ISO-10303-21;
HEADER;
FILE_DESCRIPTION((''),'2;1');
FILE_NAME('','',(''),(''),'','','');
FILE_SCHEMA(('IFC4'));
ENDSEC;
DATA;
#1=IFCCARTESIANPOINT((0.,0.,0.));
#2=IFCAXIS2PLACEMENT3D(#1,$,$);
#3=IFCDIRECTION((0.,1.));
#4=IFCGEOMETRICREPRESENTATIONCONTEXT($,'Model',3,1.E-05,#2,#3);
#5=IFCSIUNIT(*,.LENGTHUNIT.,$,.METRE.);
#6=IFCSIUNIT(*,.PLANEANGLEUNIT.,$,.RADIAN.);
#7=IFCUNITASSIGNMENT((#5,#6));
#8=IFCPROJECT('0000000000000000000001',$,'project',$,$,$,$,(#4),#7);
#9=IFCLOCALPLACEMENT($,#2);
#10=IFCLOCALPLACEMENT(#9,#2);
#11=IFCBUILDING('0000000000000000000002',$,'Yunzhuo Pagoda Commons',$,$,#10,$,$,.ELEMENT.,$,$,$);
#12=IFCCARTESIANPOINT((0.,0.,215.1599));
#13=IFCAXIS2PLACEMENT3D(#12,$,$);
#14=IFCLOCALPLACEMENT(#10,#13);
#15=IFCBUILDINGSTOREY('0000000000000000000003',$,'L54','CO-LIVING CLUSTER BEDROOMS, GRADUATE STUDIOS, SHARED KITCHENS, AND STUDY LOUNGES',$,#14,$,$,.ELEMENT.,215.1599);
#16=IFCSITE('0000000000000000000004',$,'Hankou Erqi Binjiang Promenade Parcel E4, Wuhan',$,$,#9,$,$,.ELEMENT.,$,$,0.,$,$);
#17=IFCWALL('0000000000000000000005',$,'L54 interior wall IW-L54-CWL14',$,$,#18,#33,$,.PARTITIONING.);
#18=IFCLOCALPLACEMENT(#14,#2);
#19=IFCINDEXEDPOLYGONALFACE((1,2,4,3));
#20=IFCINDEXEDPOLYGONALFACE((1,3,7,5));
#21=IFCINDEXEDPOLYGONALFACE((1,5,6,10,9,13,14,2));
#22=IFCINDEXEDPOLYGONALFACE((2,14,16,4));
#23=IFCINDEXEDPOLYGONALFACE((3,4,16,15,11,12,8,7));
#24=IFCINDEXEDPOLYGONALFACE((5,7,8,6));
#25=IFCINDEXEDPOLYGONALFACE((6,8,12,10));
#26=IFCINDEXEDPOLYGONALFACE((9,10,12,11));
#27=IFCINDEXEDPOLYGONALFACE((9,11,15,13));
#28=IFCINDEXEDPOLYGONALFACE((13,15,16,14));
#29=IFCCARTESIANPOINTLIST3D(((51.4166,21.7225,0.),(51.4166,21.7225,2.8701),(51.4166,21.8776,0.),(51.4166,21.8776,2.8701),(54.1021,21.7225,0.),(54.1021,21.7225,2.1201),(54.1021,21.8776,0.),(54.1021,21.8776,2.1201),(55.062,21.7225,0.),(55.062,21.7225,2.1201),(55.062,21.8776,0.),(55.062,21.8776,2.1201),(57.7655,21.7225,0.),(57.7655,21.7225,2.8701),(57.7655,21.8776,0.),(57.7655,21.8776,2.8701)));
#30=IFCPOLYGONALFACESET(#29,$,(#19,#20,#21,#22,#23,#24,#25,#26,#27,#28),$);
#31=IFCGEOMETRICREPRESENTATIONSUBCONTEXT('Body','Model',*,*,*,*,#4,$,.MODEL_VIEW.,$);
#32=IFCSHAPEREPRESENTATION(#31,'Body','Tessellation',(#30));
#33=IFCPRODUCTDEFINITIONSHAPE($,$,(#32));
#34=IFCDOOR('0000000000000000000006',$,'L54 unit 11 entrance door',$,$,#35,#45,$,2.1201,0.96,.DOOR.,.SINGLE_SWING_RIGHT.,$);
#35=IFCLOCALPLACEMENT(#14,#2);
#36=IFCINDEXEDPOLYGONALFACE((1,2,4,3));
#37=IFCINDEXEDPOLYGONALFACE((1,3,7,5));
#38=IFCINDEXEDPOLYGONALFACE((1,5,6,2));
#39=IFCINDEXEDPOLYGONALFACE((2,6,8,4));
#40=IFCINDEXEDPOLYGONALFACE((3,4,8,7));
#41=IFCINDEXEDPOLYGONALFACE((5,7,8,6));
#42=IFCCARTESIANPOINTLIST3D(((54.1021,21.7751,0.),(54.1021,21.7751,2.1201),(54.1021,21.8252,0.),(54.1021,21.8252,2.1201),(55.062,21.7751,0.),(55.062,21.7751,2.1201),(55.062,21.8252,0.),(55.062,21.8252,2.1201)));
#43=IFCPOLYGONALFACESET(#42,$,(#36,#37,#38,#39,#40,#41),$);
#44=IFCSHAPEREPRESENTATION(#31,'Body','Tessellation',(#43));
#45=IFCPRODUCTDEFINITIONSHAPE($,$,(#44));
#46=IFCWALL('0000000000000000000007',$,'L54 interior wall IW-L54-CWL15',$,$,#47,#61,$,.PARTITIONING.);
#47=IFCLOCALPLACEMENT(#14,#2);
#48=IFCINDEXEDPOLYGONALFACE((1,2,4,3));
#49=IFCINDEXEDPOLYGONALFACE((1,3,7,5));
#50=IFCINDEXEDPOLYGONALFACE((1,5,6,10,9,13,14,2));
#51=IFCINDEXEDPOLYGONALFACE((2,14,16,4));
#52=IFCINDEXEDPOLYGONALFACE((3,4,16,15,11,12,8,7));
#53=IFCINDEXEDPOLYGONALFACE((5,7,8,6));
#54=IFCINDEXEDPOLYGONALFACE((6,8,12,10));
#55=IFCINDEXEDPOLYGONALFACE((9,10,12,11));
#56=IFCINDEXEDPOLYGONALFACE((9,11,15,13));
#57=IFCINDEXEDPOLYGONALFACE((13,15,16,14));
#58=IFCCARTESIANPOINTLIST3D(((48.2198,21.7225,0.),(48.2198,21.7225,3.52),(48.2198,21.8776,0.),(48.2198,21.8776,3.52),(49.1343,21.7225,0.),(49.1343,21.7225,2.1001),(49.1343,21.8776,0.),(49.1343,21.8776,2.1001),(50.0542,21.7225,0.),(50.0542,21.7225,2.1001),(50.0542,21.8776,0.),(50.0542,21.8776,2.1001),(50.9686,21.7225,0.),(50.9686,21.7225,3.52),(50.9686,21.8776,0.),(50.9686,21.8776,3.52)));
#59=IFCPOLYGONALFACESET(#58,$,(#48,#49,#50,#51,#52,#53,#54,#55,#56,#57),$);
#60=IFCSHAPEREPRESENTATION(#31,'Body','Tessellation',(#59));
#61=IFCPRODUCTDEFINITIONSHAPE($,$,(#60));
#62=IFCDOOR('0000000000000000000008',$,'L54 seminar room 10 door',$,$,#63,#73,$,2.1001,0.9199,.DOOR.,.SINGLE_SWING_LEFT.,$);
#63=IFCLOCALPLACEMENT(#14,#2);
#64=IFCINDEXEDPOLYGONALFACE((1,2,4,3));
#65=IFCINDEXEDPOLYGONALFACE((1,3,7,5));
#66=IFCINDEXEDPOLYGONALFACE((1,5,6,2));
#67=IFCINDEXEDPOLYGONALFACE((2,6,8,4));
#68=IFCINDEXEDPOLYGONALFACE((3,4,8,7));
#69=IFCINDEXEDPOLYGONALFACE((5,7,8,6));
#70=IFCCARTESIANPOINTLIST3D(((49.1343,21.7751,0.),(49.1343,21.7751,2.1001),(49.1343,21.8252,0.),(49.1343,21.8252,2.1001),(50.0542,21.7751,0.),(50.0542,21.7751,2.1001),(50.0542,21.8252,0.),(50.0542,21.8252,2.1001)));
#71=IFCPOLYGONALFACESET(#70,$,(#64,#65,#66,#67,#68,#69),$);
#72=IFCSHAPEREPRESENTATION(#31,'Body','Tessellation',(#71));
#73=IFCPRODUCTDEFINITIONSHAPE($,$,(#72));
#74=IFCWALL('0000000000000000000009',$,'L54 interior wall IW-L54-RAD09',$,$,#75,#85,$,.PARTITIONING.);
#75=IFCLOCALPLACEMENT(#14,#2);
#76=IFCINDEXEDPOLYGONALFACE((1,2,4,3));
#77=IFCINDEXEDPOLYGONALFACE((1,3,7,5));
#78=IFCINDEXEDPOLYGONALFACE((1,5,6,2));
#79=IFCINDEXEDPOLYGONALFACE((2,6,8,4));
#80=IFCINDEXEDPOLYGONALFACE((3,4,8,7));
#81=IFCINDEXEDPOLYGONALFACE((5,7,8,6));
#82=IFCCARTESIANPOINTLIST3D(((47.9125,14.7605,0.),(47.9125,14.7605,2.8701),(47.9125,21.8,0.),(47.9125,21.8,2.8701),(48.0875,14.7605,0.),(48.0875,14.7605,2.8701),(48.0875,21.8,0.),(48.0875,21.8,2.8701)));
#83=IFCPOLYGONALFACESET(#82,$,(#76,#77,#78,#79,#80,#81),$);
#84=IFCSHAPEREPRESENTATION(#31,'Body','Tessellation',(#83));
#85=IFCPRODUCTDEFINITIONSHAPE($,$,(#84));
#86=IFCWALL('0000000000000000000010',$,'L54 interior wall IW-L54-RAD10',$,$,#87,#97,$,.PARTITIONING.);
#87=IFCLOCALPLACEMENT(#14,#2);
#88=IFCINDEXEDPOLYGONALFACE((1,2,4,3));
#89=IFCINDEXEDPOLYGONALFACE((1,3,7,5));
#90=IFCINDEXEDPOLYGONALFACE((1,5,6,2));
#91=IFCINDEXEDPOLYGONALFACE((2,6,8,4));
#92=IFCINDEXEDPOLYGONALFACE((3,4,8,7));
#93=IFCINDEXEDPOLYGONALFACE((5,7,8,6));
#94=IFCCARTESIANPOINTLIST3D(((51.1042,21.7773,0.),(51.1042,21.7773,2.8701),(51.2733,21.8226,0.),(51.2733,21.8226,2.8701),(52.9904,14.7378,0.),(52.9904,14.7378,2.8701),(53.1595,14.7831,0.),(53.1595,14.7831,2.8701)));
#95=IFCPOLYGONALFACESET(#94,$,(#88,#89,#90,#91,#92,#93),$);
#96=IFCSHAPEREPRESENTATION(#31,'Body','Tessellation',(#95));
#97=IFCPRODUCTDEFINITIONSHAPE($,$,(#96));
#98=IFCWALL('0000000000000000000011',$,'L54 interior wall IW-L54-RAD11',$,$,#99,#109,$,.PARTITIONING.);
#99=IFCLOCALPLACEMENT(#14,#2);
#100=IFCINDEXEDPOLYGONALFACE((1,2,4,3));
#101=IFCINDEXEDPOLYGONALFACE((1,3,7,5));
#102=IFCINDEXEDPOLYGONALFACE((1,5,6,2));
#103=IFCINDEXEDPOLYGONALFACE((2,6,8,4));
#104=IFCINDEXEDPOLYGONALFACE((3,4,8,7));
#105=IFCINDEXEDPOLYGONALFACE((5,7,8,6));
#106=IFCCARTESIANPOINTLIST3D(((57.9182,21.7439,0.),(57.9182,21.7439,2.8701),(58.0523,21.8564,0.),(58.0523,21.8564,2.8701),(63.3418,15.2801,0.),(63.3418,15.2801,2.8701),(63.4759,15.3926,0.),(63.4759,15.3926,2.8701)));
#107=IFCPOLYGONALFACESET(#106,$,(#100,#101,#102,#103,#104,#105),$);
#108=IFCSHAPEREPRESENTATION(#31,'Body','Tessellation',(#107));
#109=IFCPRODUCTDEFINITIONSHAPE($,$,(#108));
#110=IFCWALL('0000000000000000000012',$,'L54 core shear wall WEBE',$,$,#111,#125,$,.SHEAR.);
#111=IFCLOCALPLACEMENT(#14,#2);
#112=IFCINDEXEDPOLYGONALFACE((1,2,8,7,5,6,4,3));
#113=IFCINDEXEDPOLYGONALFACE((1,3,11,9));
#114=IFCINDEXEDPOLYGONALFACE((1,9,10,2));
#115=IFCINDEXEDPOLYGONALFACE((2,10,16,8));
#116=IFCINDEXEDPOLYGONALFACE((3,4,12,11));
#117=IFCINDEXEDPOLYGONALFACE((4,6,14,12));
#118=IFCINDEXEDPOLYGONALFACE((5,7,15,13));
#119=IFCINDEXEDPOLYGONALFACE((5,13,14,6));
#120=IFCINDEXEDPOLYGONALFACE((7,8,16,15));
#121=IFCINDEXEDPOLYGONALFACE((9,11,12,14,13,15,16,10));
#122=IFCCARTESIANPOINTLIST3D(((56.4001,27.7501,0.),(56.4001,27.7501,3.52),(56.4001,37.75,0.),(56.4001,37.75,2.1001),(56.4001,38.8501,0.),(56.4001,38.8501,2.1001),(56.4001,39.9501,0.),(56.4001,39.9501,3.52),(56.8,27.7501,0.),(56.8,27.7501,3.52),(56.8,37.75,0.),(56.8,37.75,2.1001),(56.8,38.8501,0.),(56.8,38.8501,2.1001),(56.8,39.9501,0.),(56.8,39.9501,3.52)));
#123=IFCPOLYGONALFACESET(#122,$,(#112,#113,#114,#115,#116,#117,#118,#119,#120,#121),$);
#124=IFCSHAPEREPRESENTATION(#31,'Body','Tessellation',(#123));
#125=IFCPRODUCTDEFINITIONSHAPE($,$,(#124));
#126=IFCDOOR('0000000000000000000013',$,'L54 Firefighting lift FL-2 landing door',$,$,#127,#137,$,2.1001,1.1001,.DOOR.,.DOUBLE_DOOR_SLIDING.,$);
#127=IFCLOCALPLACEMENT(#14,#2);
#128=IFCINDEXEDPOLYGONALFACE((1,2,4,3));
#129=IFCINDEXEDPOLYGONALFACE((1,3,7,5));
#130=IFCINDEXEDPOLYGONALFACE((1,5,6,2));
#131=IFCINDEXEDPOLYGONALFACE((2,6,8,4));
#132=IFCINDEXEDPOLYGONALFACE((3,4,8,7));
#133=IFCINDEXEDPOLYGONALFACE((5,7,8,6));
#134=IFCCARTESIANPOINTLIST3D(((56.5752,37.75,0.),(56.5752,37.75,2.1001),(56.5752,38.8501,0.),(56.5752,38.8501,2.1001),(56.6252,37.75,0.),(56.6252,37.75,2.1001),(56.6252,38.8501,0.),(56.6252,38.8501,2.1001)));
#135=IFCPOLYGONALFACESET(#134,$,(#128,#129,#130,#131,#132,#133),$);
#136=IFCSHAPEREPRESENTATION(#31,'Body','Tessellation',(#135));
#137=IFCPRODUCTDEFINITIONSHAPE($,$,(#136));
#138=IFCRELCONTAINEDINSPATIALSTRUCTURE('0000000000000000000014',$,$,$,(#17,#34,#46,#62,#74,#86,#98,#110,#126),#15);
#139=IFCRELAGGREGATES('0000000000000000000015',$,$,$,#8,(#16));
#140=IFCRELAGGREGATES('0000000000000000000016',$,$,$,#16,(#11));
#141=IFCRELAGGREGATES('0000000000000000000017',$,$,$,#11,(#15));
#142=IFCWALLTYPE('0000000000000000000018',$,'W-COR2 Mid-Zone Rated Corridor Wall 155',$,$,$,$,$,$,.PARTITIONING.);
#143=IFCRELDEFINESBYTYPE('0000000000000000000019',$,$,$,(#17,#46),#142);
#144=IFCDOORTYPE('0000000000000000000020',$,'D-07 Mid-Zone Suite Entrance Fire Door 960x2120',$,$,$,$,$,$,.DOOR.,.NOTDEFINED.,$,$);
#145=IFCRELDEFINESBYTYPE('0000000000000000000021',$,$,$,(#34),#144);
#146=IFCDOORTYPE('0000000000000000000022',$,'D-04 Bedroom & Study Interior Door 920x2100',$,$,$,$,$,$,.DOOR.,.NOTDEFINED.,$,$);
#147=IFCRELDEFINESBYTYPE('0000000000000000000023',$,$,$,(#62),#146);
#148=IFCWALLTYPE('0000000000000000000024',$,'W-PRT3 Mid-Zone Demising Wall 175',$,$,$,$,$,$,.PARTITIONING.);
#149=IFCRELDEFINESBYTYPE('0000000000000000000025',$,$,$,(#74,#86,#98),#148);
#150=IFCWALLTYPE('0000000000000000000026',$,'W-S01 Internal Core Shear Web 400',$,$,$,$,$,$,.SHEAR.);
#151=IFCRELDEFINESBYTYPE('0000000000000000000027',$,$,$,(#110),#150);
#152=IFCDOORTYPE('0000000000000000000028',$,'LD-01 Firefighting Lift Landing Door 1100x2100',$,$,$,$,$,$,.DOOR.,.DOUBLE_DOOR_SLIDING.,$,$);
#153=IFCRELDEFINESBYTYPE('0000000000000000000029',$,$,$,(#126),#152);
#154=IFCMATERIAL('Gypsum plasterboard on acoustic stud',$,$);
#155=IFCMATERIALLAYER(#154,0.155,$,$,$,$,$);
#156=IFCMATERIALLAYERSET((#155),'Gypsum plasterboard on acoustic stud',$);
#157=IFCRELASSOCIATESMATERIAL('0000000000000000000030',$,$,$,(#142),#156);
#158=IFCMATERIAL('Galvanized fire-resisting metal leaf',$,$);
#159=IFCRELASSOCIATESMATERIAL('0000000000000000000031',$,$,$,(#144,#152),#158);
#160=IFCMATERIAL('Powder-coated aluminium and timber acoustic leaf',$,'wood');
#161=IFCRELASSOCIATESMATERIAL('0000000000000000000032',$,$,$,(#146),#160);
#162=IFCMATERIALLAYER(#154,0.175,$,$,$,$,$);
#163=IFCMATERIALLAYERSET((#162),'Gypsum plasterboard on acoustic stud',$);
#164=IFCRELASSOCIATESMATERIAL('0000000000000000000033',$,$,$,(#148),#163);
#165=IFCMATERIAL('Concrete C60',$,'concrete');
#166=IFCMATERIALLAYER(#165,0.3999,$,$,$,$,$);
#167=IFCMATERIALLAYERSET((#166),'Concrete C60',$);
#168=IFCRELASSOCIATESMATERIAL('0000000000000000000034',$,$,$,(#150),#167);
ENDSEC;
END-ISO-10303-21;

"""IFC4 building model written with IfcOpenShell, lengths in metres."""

from ifc_helpers import new_model, si_unit, direction, frame, frame_2d, origin, origin_with_axes, place, context, subcontext, project, spatial, rectangle, extrude, source, transform, mapped, material, layer, layer_set, type_object, element, fill, save


model = new_model("IFC4")

# Units and contexts
model_context = context("Model", 3, precision=1e-05, world=origin(), true_north=direction((0.0, 1.0)))
body_context = subcontext(model_context, "Body", "Model", "MODEL_VIEW")
ifc_project = project(units=[si_unit("LENGTHUNIT", "METRE"), si_unit("PLANEANGLEUNIT", "RADIAN")], contexts=[model_context])

# Site, building, storey
site_placement = place(None, origin())
site = spatial("IfcSite", under=ifc_project, at=site_placement, Name="Hankou Erqi Binjiang Promenade Parcel E4, Wuhan", CompositionType="ELEMENT", RefElevation=0.0)
building_placement = place(site_placement, origin())
building = spatial("IfcBuilding", under=site, at=building_placement, Name="Yunzhuo Pagoda Commons", CompositionType="ELEMENT")
storey_placement = place(building_placement, frame((0.0, 0.0, 215.1599)))
storey = spatial("IfcBuildingStorey", under=building, at=storey_placement, Name="L54", Description="CO-LIVING CLUSTER BEDROOMS, GRADUATE STUDIOS, SHARED KITCHENS, AND STUDY LOUNGES", CompositionType="ELEMENT", Elevation=215.1599)

# Walls, openings, doors
ifc_material_1 = material(Name="Gypsum plasterboard on acoustic stud")
ifc_layer_1 = layer(ifc_material_1, 0.155)
ifc_layer_set_1 = layer_set([ifc_layer_1], Name="Gypsum plasterboard on acoustic stud")
wall_type_1 = type_object("IfcWallType", Name="W-COR2 Mid-Zone Rated Corridor Wall 155", PredefinedType="PARTITIONING", material=ifc_layer_set_1)
ifc_material_2 = material(Name="Galvanized fire-resisting metal leaf")
wall_1_placement = place(storey_placement, frame((57.7654, 21.8, 0.0), z_axis=(0.0, 0.0, 1.0), x_axis=(-1.0, 0.0, 0.0)))
wall_1 = element("IfcWall", 1, at=wall_1_placement, inside=storey, type_object=wall_type_1, Name="L54 interior wall IW-L54-CWL14", PredefinedType="PARTITIONING", context=body_context, shape_type="SweptSolid", body=[
    extrude(rectangle(XDim=6.3489, YDim=0.155, at=frame_2d((3.1743, 0.0))), origin(), (0.0, 0.0, 1.0), 2.8701),
])
opening_1_placement = place(wall_1_placement, frame((2.7034, 0.0, 0.0)))
opening_1 = element("IfcOpeningElement", 2, at=opening_1_placement, cuts=wall_1, PredefinedType="OPENING", context=body_context, shape_type="SweptSolid", body=[
    extrude(rectangle(XDim=0.96, YDim=2.1201, at=frame_2d((0.48, 1.0601))), frame((0.0, 0.0874, 0.0), z_axis=(0.0, -1.0, 0.0), x_axis=(1.0, 0.0, 0.0)), (0.0, 0.0, 1.0), 0.175),
])
door_type_1 = type_object("IfcDoorType", Name="D-07 Mid-Zone Suite Entrance Fire Door 960x2120", OperationType="NOTDEFINED", PredefinedType="DOOR", material=ifc_material_2)
shared_shape_1 = source(origin(), body_context, "Body", "SweptSolid", [
    extrude(rectangle(XDim=0.96, YDim=2.1201, at=frame_2d((0.48, 1.0601))), frame((0.0, 0.0249, 0.0), z_axis=(0.0, -1.0, 0.0), x_axis=(1.0, 0.0, 0.0)), (0.0, 0.0, 1.0), 0.05),
])
door_1_placement = place(opening_1_placement, origin_with_axes())
door_1 = element("IfcDoor", 3, at=door_1_placement, inside=storey, type_object=door_type_1, Name="L54 unit 11 entrance door", OperationType="SINGLE_SWING_RIGHT", OverallHeight=2.1201, OverallWidth=0.96, PredefinedType="DOOR", context=body_context, shape_type="MappedRepresentation", body=[
    mapped(shared_shape_1, transform((0.0, 0.0, 0.0), scale=1.0)),
])
fill(opening_1, door_1)
wall_2_placement = place(storey_placement, frame((50.9688, 21.8, 0.0), z_axis=(0.0, 0.0, 1.0), x_axis=(-1.0, 0.0, 0.0)))
wall_2 = element("IfcWall", 4, at=wall_2_placement, inside=storey, type_object=wall_type_1, Name="L54 interior wall IW-L54-CWL15", PredefinedType="PARTITIONING", context=body_context, shape_type="SweptSolid", body=[
    extrude(rectangle(XDim=2.7488, YDim=0.155, at=frame_2d((1.3745, 0.0))), origin(), (0.0, 0.0, 1.0), 3.52),
])
opening_2_placement = place(wall_2_placement, frame((0.9146, 0.0, 0.0)))
opening_2 = element("IfcOpeningElement", 5, at=opening_2_placement, cuts=wall_2, PredefinedType="OPENING", context=body_context, shape_type="SweptSolid", body=[
    extrude(rectangle(XDim=0.9199, YDim=2.1001, at=frame_2d((0.46, 1.05))), frame((0.0, 0.0874, 0.0), z_axis=(0.0, -1.0, 0.0), x_axis=(1.0, 0.0, 0.0)), (0.0, 0.0, 1.0), 0.175),
])
ifc_material_3 = material(Name="Powder-coated aluminium and timber acoustic leaf", Category="wood")
door_type_2 = type_object("IfcDoorType", Name="D-04 Bedroom & Study Interior Door 920x2100", OperationType="NOTDEFINED", PredefinedType="DOOR", material=ifc_material_3)
shared_shape_2 = source(origin(), body_context, "Body", "SweptSolid", [
    extrude(rectangle(XDim=0.9199, YDim=2.1001, at=frame_2d((0.46, 1.05))), frame((0.0, 0.0249, 0.0), z_axis=(0.0, -1.0, 0.0), x_axis=(1.0, 0.0, 0.0)), (0.0, 0.0, 1.0), 0.05),
])
door_2_placement = place(opening_2_placement, origin_with_axes())
door_2 = element("IfcDoor", 6, at=door_2_placement, inside=storey, type_object=door_type_2, Name="L54 seminar room 10 door", OperationType="SINGLE_SWING_LEFT", OverallHeight=2.1001, OverallWidth=0.9199, PredefinedType="DOOR", context=body_context, shape_type="MappedRepresentation", body=[
    mapped(shared_shape_2, transform((0.0, 0.0, 0.0), scale=1.0)),
])
fill(opening_2, door_2)

# Walls
ifc_layer_2 = layer(ifc_material_1, 0.175)
ifc_layer_set_2 = layer_set([ifc_layer_2], Name="Gypsum plasterboard on acoustic stud")
wall_type_2 = type_object("IfcWallType", Name="W-PRT3 Mid-Zone Demising Wall 175", PredefinedType="PARTITIONING", material=ifc_layer_set_2)
wall_3_placement = place(storey_placement, frame((48.0, 21.8, 0.0), z_axis=(0.0, 0.0, 1.0), x_axis=(0.0, -1.0, 0.0)))
element("IfcWall", 7, at=wall_3_placement, inside=storey, type_object=wall_type_2, Name="L54 interior wall IW-L54-RAD09", PredefinedType="PARTITIONING", context=body_context, shape_type="SweptSolid", body=[
    extrude(rectangle(XDim=7.0396, YDim=0.175, at=frame_2d((3.5198, 0.0))), origin(), (0.0, 0.0, 1.0), 2.8701),
])
wall_4_placement = place(storey_placement, frame((51.1887, 21.8, 0.0), z_axis=(0.0, 0.0, 1.0), x_axis=(0.258818, -0.965926, 0.0)))
element("IfcWall", 8, at=wall_4_placement, inside=storey, type_object=wall_type_2, Name="L54 interior wall IW-L54-RAD10", PredefinedType="PARTITIONING", context=body_context, shape_type="SweptSolid", body=[
    extrude(rectangle(XDim=7.2878, YDim=0.175, at=frame_2d((3.644, 0.0))), origin(), (0.0, 0.0, 1.0), 2.8701),
])
wall_5_placement = place(storey_placement, frame((57.9854, 21.8, 0.0), z_axis=(0.0, 0.0, 1.0), x_axis=(0.642771, -0.766059, 0.0)))
element("IfcWall", 9, at=wall_5_placement, inside=storey, type_object=wall_type_2, Name="L54 interior wall IW-L54-RAD11", PredefinedType="PARTITIONING", context=body_context, shape_type="SweptSolid", body=[
    extrude(rectangle(XDim=8.4377, YDim=0.175, at=frame_2d((4.2188, 0.0))), origin(), (0.0, 0.0, 1.0), 2.8701),
])

# Wall, opening, door
ifc_material_4 = material(Name="Concrete C60", Category="concrete")
ifc_layer_3 = layer(ifc_material_4, 0.3999)
ifc_layer_set_3 = layer_set([ifc_layer_3], Name="Concrete C60")
wall_type_3 = type_object("IfcWallType", Name="W-S01 Internal Core Shear Web 400", PredefinedType="SHEAR", material=ifc_layer_set_3)
wall_6_placement = place(storey_placement, frame((56.6001, 27.75, 0.0), z_axis=(0.0, 0.0, 1.0), x_axis=(0.0, 1.0, 0.0)))
wall_6 = element("IfcWall", 10, at=wall_6_placement, inside=storey, type_object=wall_type_3, Name="L54 core shear wall WEBE", PredefinedType="SHEAR", context=body_context, shape_type="SweptSolid", body=[
    extrude(rectangle(XDim=12.2, YDim=0.3999, at=frame_2d((6.1001, 0.0))), origin(), (0.0, 0.0, 1.0), 3.52),
])
opening_3_placement = place(wall_6_placement, frame((10.0, 0.0, 0.0)))
opening_3 = element("IfcOpeningElement", 11, at=opening_3_placement, cuts=wall_6, PredefinedType="OPENING", context=body_context, shape_type="SweptSolid", body=[
    extrude(rectangle(XDim=1.1001, YDim=2.1001, at=frame_2d((0.55, 1.05))), frame((0.0, 0.21, 0.0), z_axis=(0.0, -1.0, 0.0), x_axis=(1.0, 0.0, 0.0)), (0.0, 0.0, 1.0), 0.4199),
])
door_type_3 = type_object("IfcDoorType", Name="LD-01 Firefighting Lift Landing Door 1100x2100", OperationType="DOUBLE_DOOR_SLIDING", PredefinedType="DOOR", material=ifc_material_2)
shared_shape_3 = source(origin(), body_context, "Body", "SweptSolid", [
    extrude(rectangle(XDim=1.1001, YDim=2.1001, at=frame_2d((0.55, 1.05))), frame((0.0, 0.0249, 0.0), z_axis=(0.0, -1.0, 0.0), x_axis=(1.0, 0.0, 0.0)), (0.0, 0.0, 1.0), 0.05),
])
door_3_placement = place(opening_3_placement, origin_with_axes())
door_3 = element("IfcDoor", 12, at=door_3_placement, inside=storey, type_object=door_type_3, Name="L54 Firefighting lift FL-2 landing door", OperationType="DOUBLE_DOOR_SLIDING", OverallHeight=2.1001, OverallWidth=1.1001, PredefinedType="DOOR", context=body_context, shape_type="MappedRepresentation", body=[
    mapped(shared_shape_3, transform((0.0, 0.0, 0.0), scale=1.0)),
])
fill(opening_3, door_3)

save(model, "model.ifc")
